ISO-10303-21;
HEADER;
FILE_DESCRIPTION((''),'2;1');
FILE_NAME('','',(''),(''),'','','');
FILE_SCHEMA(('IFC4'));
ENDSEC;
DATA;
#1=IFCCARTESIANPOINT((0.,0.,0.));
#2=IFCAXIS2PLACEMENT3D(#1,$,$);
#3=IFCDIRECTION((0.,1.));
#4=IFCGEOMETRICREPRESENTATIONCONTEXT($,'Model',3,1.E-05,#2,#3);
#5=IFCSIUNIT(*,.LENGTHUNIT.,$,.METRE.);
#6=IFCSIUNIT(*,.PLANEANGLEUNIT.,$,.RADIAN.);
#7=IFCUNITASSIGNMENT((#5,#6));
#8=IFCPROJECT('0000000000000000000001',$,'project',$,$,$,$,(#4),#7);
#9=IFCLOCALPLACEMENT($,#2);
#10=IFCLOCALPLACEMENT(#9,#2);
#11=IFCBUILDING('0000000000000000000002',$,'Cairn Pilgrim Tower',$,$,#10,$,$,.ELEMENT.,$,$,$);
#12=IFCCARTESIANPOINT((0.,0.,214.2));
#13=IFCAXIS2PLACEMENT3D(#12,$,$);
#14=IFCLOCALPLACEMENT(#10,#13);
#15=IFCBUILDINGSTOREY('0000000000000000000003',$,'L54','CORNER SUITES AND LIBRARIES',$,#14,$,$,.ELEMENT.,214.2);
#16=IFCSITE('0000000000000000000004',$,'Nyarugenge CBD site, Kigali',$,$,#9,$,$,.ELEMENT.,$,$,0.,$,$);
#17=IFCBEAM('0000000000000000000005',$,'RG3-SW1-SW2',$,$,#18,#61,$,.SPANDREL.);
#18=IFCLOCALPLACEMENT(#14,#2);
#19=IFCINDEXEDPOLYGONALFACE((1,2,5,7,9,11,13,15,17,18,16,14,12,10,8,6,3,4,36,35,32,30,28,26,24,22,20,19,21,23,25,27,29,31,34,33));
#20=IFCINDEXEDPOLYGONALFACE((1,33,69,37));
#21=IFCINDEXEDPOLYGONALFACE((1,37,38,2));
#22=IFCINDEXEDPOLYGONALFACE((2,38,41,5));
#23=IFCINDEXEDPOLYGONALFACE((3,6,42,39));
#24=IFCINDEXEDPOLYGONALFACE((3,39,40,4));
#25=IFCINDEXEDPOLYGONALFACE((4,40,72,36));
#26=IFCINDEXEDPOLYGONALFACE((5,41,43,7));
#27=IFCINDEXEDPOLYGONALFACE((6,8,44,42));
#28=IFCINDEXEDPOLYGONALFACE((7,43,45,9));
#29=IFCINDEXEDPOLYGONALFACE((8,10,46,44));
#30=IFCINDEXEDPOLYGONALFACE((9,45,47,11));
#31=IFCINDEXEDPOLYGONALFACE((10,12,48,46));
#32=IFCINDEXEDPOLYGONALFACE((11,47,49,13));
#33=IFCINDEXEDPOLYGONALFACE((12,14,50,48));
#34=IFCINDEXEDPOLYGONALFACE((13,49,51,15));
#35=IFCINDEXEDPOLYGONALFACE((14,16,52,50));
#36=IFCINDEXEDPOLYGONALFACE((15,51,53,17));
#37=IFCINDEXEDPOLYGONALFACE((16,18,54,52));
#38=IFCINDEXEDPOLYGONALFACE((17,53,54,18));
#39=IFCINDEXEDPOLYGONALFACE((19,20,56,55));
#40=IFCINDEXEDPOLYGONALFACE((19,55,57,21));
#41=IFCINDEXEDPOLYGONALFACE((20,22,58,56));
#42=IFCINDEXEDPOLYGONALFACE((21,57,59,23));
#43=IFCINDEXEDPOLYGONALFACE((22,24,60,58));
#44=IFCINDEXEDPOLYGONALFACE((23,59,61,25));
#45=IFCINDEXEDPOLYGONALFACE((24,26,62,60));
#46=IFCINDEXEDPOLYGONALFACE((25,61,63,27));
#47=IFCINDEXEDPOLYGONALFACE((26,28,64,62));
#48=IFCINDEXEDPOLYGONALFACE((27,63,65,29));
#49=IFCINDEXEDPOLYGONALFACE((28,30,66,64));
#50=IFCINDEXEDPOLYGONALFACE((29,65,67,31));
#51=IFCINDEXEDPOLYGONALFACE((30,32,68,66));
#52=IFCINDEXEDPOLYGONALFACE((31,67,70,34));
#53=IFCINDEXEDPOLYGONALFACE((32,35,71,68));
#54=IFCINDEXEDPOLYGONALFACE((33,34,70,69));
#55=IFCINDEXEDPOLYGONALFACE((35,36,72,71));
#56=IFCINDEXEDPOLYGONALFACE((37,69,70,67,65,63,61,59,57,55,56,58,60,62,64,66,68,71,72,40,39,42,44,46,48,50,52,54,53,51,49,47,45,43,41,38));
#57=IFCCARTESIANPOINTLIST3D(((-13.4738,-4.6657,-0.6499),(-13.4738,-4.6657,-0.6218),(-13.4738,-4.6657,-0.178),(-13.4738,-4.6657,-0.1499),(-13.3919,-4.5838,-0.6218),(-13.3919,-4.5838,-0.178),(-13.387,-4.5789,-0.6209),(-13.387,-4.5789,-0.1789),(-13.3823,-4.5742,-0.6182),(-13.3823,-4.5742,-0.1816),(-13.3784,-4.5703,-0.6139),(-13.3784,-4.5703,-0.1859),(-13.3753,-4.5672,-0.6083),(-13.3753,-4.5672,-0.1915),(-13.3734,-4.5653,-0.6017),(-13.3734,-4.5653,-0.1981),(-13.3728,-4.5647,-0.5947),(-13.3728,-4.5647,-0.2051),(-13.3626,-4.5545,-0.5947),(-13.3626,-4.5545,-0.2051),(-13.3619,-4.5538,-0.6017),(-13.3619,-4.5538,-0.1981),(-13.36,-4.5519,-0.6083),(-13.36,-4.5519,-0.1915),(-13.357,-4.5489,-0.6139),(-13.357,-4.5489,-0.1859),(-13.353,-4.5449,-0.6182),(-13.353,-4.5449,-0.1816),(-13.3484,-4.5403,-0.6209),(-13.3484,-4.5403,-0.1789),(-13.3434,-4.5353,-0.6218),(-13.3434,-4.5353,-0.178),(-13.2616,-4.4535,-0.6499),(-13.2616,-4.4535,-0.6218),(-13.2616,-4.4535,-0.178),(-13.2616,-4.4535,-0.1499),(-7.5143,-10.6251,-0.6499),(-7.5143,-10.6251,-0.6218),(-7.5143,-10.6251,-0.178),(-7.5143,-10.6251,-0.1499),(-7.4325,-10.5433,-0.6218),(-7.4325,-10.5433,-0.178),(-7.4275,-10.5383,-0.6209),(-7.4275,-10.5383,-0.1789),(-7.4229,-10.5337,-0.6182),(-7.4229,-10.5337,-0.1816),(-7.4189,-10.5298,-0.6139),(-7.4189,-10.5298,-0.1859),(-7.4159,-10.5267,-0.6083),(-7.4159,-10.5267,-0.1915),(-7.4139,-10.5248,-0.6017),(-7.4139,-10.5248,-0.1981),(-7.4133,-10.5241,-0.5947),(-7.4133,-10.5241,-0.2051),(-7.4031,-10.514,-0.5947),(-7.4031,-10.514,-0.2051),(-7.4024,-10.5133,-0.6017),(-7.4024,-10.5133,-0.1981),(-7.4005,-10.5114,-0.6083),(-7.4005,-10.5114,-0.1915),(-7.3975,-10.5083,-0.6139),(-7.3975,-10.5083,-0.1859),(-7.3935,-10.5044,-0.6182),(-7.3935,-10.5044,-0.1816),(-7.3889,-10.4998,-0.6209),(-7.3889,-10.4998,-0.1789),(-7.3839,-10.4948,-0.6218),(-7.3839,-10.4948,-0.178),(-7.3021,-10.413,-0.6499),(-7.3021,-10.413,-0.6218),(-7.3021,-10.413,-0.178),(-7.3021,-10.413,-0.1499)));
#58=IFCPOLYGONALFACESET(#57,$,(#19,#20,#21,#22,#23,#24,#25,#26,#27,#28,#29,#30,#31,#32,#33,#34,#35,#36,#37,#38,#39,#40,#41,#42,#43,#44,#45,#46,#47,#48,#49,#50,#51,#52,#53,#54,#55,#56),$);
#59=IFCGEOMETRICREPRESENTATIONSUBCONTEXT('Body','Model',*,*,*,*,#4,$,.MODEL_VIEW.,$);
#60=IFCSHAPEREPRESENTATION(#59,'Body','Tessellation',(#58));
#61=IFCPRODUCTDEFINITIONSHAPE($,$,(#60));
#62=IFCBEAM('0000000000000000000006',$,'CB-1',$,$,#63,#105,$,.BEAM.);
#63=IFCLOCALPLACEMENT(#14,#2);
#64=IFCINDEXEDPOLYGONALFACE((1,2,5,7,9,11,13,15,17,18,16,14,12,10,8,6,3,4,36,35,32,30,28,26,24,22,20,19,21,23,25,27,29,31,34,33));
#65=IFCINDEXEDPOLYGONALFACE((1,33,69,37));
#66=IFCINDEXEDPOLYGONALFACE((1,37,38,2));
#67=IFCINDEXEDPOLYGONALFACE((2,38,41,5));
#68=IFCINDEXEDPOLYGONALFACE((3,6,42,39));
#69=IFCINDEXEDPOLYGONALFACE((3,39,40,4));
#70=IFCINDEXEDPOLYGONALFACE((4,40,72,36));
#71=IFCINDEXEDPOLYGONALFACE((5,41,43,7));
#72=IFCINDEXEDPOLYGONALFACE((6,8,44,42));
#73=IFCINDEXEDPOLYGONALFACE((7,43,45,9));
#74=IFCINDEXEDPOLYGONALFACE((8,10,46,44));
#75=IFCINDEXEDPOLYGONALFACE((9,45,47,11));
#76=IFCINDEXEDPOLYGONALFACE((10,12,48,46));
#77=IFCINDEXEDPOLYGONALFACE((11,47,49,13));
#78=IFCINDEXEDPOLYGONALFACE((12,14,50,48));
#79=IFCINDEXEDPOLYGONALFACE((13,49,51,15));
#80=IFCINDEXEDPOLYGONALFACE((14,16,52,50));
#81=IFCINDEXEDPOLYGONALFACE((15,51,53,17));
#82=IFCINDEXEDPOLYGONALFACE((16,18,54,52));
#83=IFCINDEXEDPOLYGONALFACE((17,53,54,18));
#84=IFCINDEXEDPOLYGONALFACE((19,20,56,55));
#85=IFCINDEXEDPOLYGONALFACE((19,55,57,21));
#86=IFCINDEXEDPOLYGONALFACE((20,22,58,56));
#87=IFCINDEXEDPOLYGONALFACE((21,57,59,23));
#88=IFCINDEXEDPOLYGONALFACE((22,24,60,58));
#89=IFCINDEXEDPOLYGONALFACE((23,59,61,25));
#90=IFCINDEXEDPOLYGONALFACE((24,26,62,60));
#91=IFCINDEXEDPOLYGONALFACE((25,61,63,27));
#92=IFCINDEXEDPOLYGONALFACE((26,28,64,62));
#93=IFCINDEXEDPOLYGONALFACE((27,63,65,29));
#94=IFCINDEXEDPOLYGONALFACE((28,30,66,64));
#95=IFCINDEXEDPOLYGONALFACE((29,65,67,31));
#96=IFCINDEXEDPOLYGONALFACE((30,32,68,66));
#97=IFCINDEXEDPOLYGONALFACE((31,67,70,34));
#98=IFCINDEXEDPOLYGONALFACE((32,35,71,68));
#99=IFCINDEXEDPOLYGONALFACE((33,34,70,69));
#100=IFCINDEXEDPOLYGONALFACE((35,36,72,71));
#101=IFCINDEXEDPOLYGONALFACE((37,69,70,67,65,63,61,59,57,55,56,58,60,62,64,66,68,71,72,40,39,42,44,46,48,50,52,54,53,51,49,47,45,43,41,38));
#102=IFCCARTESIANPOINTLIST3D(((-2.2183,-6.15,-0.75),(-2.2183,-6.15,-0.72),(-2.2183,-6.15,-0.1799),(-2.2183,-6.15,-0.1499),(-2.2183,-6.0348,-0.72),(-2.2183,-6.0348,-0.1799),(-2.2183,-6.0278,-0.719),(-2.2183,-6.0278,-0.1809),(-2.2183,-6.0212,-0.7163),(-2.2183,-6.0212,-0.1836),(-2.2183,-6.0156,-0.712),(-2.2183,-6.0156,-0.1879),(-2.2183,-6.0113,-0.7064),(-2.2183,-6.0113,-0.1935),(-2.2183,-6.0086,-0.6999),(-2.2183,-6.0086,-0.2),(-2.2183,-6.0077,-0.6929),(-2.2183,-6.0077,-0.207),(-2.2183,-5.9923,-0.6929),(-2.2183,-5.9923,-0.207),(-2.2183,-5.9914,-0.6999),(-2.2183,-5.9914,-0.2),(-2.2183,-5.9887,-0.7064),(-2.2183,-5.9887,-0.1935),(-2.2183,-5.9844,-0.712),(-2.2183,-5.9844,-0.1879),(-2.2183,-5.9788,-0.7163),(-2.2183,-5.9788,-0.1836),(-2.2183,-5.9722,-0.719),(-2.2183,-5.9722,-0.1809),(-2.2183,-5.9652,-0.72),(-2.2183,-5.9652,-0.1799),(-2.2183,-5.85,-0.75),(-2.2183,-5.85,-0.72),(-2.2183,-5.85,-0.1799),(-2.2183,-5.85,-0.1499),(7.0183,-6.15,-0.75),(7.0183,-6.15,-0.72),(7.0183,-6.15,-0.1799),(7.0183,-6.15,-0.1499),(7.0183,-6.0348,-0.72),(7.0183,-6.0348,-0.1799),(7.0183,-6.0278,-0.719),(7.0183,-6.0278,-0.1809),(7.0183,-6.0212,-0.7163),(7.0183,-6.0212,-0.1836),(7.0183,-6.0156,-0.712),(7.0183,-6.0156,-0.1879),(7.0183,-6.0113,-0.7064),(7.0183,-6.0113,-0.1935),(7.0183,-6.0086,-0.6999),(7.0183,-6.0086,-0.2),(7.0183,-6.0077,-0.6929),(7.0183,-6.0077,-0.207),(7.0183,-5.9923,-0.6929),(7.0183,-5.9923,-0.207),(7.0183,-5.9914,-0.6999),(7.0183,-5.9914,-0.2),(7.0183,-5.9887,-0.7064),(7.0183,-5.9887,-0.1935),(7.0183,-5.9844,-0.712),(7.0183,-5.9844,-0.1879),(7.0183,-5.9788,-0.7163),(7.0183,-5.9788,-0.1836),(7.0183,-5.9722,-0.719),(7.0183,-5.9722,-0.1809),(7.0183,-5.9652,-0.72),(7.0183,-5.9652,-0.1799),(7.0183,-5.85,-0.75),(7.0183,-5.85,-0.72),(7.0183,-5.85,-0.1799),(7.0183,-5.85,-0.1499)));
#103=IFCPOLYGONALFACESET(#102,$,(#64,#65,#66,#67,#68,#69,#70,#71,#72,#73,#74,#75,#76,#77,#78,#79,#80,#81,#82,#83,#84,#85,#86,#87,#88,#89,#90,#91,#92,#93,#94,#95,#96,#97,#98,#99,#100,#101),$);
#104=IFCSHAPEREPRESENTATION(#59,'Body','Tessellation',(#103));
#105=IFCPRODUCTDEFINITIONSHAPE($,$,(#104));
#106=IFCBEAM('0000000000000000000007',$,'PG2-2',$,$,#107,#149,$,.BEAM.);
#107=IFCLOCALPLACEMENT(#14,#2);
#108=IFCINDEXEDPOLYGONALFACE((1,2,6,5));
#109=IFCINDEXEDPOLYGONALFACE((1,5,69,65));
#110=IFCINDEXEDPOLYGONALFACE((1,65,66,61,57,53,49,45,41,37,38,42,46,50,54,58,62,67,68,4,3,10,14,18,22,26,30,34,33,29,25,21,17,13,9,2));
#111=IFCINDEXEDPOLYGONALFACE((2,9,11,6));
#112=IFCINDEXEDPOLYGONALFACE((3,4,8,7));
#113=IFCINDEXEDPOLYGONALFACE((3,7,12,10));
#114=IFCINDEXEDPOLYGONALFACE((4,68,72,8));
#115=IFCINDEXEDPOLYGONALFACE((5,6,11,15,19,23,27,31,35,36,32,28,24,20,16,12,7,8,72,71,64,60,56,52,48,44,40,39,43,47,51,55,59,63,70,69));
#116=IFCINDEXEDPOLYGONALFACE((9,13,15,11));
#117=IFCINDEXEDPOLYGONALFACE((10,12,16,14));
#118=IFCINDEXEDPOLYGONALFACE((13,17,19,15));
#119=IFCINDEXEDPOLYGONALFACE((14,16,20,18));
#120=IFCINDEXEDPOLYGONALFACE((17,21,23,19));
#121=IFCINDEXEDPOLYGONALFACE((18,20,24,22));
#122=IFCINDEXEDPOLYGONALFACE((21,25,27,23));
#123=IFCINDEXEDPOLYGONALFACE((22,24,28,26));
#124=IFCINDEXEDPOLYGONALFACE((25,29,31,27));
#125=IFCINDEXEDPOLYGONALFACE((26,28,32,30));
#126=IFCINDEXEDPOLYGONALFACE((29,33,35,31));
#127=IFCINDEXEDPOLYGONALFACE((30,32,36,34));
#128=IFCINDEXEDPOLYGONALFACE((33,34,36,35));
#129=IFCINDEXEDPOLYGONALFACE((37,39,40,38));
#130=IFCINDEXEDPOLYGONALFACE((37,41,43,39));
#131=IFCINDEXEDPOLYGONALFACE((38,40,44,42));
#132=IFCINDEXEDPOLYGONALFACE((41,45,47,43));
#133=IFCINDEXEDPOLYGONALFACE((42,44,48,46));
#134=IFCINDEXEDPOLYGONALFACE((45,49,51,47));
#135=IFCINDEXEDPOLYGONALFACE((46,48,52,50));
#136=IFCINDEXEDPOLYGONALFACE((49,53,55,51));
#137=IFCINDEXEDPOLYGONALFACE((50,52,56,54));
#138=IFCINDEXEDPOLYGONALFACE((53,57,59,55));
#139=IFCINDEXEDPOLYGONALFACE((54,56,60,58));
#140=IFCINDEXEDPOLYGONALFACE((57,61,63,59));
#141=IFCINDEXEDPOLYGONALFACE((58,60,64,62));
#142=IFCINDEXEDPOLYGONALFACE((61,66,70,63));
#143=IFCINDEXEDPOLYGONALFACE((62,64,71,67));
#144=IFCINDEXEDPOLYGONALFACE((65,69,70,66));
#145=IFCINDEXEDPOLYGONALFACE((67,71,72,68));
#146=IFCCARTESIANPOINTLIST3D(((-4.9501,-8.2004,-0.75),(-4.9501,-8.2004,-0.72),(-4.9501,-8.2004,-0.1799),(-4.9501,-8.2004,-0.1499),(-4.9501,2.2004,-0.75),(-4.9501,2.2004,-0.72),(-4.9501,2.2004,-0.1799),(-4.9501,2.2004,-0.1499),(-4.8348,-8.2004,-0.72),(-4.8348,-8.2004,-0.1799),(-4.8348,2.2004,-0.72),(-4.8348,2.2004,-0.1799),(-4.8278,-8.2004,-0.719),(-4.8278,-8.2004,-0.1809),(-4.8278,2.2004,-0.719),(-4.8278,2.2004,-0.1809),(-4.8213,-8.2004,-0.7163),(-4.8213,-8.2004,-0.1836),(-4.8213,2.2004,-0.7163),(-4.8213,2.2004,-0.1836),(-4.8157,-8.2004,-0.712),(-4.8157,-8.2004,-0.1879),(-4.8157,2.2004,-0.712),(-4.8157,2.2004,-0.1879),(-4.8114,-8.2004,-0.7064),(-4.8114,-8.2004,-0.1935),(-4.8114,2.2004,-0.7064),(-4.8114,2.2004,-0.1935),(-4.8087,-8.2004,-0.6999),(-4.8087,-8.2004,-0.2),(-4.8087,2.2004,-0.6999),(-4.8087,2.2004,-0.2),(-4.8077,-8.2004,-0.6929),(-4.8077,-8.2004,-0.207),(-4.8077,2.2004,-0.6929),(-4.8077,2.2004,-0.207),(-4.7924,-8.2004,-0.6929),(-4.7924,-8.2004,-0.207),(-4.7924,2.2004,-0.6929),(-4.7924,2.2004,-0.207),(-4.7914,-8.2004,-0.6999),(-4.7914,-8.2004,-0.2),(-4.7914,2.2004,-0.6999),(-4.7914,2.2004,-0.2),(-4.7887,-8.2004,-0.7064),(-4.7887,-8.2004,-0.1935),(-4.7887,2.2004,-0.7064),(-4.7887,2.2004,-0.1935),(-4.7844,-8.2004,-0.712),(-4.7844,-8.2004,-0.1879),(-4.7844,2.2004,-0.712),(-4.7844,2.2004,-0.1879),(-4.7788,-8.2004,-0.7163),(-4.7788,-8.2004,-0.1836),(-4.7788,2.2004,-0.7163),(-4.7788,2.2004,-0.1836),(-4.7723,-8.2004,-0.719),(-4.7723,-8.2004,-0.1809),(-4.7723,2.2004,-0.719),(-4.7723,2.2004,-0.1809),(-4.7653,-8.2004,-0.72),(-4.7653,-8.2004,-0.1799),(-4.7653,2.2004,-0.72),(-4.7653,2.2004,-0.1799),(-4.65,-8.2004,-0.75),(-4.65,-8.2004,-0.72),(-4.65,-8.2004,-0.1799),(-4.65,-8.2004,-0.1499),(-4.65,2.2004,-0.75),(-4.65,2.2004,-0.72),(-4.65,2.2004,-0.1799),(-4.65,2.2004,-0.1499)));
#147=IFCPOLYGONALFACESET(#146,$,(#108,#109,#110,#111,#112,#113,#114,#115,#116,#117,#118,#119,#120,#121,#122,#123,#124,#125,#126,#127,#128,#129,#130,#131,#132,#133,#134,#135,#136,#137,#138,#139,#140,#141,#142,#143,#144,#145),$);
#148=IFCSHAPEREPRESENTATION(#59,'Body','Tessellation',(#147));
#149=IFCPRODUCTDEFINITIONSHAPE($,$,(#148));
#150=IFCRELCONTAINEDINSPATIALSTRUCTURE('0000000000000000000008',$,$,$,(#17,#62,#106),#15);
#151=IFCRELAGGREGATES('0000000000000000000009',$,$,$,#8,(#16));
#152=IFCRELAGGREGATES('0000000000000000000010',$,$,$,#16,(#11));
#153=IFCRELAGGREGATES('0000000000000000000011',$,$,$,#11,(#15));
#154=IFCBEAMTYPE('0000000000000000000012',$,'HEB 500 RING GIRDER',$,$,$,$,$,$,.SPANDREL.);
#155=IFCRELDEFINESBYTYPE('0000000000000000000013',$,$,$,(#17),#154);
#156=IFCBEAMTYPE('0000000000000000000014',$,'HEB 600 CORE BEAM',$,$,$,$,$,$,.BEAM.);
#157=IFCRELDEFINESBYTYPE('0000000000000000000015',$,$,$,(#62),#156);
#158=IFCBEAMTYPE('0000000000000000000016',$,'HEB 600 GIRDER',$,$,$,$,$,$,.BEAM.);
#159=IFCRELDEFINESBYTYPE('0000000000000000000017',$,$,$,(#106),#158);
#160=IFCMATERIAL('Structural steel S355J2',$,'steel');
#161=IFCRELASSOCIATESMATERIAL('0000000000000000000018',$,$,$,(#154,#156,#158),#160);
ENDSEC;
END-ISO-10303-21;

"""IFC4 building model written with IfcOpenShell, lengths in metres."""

from ifc_helpers import new_model, si_unit, direction, frame, origin, origin_2d, place, context, subcontext, project, spatial, i_section, extrude, material, material_profile, profile_set, type_object, element, save


model = new_model("IFC4")

# Units and contexts
model_context = context("Model", 3, precision=1e-05, world=origin(), true_north=direction((0.0, 1.0)))
body_context = subcontext(model_context, "Body", "Model", "MODEL_VIEW")
ifc_project = project(units=[si_unit("LENGTHUNIT", "METRE"), si_unit("PLANEANGLEUNIT", "RADIAN")], contexts=[model_context])

# Site, building, storey
site_placement = place(None, origin())
site = spatial("IfcSite", under=ifc_project, at=site_placement, Name="Nyarugenge CBD site, Kigali", CompositionType="ELEMENT", RefElevation=0.0)
building_placement = place(site_placement, origin())
building = spatial("IfcBuilding", under=site, at=building_placement, Name="Cairn Pilgrim Tower", CompositionType="ELEMENT")
storey_placement = place(building_placement, frame((0.0, 0.0, 214.2)))
storey = spatial("IfcBuildingStorey", under=building, at=storey_placement, Name="L54", Description="CORNER SUITES AND LIBRARIES", CompositionType="ELEMENT", Elevation=214.2)

# Shared definitions
ifc_material_1 = material(Name="Structural steel S355J2", Category="steel")

# Beams
ifc_material_profile_1 = material_profile(ifc_material_1, i_section(OverallWidth=0.3, OverallDepth=0.5, WebThickness=0.0144, FlangeThickness=0.0281, FilletRadius=0.0271, at=origin_2d()), Name="HEB 500")
ifc_profile_set_1 = profile_set([ifc_material_profile_1], Name="Structural steel S355J2")
beam_type_1 = type_object("IfcBeamType", Name="HEB 500 RING GIRDER", PredefinedType="SPANDREL", material=ifc_profile_set_1)
beam_1_placement = place(storey_placement, frame((-13.3677, -4.5596, -0.3999), z_axis=(0.707107, -0.707107, 0.0), x_axis=(0.707107, 0.707107, 0.0)))
element("IfcBeam", 1, at=beam_1_placement, inside=storey, type_object=beam_type_1, Name="RG3-SW1-SW2", PredefinedType="SPANDREL", context=body_context, shape_type="SweptSolid", body=[
    extrude(i_section(OverallWidth=0.3, OverallDepth=0.5, WebThickness=0.0144, FlangeThickness=0.0281, FilletRadius=0.0271, at=origin_2d()), origin(), (0.0, 0.0, 1.0), 8.428),
])
ifc_material_profile_2 = material_profile(ifc_material_1, i_section(OverallWidth=0.3, OverallDepth=0.6001, WebThickness=0.0154, FlangeThickness=0.03, FilletRadius=0.0271, at=origin_2d()), Name="HEB 600")
ifc_profile_set_2 = profile_set([ifc_material_profile_2], Name="Structural steel S355J2")
beam_type_2 = type_object("IfcBeamType", Name="HEB 600 CORE BEAM", PredefinedType="BEAM", material=ifc_profile_set_2)
beam_2_placement = place(storey_placement, frame((-2.2183, -6.0, -0.45), z_axis=(1.0, 0.0, 0.0), x_axis=(0.0, 1.0, 0.0)))
element("IfcBeam", 2, at=beam_2_placement, inside=storey, type_object=beam_type_2, Name="CB-1", PredefinedType="BEAM", context=body_context, shape_type="SweptSolid", body=[
    extrude(i_section(OverallWidth=0.3, OverallDepth=0.6001, WebThickness=0.0154, FlangeThickness=0.03, FilletRadius=0.0271, at=origin_2d()), origin(), (0.0, 0.0, 1.0), 9.2366),
])
ifc_material_profile_3 = material_profile(ifc_material_1, i_section(OverallWidth=0.3, OverallDepth=0.6001, WebThickness=0.0154, FlangeThickness=0.03, FilletRadius=0.0271, at=origin_2d()), Name="HEB 600")
ifc_profile_set_3 = profile_set([ifc_material_profile_3], Name="Structural steel S355J2")
beam_type_3 = type_object("IfcBeamType", Name="HEB 600 GIRDER", PredefinedType="BEAM", material=ifc_profile_set_3)
beam_3_placement = place(storey_placement, frame((-4.8, -8.2004, -0.45), z_axis=(0.0, 1.0, 0.0), x_axis=(-1.0, 0.0, 0.0)))
element("IfcBeam", 3, at=beam_3_placement, inside=storey, type_object=beam_type_3, Name="PG2-2", PredefinedType="BEAM", context=body_context, shape_type="SweptSolid", body=[
    extrude(i_section(OverallWidth=0.3, OverallDepth=0.6001, WebThickness=0.0154, FlangeThickness=0.03, FilletRadius=0.0271, at=origin_2d()), origin(), (0.0, 0.0, 1.0), 10.4009),
])

save(model, "model.ifc")
